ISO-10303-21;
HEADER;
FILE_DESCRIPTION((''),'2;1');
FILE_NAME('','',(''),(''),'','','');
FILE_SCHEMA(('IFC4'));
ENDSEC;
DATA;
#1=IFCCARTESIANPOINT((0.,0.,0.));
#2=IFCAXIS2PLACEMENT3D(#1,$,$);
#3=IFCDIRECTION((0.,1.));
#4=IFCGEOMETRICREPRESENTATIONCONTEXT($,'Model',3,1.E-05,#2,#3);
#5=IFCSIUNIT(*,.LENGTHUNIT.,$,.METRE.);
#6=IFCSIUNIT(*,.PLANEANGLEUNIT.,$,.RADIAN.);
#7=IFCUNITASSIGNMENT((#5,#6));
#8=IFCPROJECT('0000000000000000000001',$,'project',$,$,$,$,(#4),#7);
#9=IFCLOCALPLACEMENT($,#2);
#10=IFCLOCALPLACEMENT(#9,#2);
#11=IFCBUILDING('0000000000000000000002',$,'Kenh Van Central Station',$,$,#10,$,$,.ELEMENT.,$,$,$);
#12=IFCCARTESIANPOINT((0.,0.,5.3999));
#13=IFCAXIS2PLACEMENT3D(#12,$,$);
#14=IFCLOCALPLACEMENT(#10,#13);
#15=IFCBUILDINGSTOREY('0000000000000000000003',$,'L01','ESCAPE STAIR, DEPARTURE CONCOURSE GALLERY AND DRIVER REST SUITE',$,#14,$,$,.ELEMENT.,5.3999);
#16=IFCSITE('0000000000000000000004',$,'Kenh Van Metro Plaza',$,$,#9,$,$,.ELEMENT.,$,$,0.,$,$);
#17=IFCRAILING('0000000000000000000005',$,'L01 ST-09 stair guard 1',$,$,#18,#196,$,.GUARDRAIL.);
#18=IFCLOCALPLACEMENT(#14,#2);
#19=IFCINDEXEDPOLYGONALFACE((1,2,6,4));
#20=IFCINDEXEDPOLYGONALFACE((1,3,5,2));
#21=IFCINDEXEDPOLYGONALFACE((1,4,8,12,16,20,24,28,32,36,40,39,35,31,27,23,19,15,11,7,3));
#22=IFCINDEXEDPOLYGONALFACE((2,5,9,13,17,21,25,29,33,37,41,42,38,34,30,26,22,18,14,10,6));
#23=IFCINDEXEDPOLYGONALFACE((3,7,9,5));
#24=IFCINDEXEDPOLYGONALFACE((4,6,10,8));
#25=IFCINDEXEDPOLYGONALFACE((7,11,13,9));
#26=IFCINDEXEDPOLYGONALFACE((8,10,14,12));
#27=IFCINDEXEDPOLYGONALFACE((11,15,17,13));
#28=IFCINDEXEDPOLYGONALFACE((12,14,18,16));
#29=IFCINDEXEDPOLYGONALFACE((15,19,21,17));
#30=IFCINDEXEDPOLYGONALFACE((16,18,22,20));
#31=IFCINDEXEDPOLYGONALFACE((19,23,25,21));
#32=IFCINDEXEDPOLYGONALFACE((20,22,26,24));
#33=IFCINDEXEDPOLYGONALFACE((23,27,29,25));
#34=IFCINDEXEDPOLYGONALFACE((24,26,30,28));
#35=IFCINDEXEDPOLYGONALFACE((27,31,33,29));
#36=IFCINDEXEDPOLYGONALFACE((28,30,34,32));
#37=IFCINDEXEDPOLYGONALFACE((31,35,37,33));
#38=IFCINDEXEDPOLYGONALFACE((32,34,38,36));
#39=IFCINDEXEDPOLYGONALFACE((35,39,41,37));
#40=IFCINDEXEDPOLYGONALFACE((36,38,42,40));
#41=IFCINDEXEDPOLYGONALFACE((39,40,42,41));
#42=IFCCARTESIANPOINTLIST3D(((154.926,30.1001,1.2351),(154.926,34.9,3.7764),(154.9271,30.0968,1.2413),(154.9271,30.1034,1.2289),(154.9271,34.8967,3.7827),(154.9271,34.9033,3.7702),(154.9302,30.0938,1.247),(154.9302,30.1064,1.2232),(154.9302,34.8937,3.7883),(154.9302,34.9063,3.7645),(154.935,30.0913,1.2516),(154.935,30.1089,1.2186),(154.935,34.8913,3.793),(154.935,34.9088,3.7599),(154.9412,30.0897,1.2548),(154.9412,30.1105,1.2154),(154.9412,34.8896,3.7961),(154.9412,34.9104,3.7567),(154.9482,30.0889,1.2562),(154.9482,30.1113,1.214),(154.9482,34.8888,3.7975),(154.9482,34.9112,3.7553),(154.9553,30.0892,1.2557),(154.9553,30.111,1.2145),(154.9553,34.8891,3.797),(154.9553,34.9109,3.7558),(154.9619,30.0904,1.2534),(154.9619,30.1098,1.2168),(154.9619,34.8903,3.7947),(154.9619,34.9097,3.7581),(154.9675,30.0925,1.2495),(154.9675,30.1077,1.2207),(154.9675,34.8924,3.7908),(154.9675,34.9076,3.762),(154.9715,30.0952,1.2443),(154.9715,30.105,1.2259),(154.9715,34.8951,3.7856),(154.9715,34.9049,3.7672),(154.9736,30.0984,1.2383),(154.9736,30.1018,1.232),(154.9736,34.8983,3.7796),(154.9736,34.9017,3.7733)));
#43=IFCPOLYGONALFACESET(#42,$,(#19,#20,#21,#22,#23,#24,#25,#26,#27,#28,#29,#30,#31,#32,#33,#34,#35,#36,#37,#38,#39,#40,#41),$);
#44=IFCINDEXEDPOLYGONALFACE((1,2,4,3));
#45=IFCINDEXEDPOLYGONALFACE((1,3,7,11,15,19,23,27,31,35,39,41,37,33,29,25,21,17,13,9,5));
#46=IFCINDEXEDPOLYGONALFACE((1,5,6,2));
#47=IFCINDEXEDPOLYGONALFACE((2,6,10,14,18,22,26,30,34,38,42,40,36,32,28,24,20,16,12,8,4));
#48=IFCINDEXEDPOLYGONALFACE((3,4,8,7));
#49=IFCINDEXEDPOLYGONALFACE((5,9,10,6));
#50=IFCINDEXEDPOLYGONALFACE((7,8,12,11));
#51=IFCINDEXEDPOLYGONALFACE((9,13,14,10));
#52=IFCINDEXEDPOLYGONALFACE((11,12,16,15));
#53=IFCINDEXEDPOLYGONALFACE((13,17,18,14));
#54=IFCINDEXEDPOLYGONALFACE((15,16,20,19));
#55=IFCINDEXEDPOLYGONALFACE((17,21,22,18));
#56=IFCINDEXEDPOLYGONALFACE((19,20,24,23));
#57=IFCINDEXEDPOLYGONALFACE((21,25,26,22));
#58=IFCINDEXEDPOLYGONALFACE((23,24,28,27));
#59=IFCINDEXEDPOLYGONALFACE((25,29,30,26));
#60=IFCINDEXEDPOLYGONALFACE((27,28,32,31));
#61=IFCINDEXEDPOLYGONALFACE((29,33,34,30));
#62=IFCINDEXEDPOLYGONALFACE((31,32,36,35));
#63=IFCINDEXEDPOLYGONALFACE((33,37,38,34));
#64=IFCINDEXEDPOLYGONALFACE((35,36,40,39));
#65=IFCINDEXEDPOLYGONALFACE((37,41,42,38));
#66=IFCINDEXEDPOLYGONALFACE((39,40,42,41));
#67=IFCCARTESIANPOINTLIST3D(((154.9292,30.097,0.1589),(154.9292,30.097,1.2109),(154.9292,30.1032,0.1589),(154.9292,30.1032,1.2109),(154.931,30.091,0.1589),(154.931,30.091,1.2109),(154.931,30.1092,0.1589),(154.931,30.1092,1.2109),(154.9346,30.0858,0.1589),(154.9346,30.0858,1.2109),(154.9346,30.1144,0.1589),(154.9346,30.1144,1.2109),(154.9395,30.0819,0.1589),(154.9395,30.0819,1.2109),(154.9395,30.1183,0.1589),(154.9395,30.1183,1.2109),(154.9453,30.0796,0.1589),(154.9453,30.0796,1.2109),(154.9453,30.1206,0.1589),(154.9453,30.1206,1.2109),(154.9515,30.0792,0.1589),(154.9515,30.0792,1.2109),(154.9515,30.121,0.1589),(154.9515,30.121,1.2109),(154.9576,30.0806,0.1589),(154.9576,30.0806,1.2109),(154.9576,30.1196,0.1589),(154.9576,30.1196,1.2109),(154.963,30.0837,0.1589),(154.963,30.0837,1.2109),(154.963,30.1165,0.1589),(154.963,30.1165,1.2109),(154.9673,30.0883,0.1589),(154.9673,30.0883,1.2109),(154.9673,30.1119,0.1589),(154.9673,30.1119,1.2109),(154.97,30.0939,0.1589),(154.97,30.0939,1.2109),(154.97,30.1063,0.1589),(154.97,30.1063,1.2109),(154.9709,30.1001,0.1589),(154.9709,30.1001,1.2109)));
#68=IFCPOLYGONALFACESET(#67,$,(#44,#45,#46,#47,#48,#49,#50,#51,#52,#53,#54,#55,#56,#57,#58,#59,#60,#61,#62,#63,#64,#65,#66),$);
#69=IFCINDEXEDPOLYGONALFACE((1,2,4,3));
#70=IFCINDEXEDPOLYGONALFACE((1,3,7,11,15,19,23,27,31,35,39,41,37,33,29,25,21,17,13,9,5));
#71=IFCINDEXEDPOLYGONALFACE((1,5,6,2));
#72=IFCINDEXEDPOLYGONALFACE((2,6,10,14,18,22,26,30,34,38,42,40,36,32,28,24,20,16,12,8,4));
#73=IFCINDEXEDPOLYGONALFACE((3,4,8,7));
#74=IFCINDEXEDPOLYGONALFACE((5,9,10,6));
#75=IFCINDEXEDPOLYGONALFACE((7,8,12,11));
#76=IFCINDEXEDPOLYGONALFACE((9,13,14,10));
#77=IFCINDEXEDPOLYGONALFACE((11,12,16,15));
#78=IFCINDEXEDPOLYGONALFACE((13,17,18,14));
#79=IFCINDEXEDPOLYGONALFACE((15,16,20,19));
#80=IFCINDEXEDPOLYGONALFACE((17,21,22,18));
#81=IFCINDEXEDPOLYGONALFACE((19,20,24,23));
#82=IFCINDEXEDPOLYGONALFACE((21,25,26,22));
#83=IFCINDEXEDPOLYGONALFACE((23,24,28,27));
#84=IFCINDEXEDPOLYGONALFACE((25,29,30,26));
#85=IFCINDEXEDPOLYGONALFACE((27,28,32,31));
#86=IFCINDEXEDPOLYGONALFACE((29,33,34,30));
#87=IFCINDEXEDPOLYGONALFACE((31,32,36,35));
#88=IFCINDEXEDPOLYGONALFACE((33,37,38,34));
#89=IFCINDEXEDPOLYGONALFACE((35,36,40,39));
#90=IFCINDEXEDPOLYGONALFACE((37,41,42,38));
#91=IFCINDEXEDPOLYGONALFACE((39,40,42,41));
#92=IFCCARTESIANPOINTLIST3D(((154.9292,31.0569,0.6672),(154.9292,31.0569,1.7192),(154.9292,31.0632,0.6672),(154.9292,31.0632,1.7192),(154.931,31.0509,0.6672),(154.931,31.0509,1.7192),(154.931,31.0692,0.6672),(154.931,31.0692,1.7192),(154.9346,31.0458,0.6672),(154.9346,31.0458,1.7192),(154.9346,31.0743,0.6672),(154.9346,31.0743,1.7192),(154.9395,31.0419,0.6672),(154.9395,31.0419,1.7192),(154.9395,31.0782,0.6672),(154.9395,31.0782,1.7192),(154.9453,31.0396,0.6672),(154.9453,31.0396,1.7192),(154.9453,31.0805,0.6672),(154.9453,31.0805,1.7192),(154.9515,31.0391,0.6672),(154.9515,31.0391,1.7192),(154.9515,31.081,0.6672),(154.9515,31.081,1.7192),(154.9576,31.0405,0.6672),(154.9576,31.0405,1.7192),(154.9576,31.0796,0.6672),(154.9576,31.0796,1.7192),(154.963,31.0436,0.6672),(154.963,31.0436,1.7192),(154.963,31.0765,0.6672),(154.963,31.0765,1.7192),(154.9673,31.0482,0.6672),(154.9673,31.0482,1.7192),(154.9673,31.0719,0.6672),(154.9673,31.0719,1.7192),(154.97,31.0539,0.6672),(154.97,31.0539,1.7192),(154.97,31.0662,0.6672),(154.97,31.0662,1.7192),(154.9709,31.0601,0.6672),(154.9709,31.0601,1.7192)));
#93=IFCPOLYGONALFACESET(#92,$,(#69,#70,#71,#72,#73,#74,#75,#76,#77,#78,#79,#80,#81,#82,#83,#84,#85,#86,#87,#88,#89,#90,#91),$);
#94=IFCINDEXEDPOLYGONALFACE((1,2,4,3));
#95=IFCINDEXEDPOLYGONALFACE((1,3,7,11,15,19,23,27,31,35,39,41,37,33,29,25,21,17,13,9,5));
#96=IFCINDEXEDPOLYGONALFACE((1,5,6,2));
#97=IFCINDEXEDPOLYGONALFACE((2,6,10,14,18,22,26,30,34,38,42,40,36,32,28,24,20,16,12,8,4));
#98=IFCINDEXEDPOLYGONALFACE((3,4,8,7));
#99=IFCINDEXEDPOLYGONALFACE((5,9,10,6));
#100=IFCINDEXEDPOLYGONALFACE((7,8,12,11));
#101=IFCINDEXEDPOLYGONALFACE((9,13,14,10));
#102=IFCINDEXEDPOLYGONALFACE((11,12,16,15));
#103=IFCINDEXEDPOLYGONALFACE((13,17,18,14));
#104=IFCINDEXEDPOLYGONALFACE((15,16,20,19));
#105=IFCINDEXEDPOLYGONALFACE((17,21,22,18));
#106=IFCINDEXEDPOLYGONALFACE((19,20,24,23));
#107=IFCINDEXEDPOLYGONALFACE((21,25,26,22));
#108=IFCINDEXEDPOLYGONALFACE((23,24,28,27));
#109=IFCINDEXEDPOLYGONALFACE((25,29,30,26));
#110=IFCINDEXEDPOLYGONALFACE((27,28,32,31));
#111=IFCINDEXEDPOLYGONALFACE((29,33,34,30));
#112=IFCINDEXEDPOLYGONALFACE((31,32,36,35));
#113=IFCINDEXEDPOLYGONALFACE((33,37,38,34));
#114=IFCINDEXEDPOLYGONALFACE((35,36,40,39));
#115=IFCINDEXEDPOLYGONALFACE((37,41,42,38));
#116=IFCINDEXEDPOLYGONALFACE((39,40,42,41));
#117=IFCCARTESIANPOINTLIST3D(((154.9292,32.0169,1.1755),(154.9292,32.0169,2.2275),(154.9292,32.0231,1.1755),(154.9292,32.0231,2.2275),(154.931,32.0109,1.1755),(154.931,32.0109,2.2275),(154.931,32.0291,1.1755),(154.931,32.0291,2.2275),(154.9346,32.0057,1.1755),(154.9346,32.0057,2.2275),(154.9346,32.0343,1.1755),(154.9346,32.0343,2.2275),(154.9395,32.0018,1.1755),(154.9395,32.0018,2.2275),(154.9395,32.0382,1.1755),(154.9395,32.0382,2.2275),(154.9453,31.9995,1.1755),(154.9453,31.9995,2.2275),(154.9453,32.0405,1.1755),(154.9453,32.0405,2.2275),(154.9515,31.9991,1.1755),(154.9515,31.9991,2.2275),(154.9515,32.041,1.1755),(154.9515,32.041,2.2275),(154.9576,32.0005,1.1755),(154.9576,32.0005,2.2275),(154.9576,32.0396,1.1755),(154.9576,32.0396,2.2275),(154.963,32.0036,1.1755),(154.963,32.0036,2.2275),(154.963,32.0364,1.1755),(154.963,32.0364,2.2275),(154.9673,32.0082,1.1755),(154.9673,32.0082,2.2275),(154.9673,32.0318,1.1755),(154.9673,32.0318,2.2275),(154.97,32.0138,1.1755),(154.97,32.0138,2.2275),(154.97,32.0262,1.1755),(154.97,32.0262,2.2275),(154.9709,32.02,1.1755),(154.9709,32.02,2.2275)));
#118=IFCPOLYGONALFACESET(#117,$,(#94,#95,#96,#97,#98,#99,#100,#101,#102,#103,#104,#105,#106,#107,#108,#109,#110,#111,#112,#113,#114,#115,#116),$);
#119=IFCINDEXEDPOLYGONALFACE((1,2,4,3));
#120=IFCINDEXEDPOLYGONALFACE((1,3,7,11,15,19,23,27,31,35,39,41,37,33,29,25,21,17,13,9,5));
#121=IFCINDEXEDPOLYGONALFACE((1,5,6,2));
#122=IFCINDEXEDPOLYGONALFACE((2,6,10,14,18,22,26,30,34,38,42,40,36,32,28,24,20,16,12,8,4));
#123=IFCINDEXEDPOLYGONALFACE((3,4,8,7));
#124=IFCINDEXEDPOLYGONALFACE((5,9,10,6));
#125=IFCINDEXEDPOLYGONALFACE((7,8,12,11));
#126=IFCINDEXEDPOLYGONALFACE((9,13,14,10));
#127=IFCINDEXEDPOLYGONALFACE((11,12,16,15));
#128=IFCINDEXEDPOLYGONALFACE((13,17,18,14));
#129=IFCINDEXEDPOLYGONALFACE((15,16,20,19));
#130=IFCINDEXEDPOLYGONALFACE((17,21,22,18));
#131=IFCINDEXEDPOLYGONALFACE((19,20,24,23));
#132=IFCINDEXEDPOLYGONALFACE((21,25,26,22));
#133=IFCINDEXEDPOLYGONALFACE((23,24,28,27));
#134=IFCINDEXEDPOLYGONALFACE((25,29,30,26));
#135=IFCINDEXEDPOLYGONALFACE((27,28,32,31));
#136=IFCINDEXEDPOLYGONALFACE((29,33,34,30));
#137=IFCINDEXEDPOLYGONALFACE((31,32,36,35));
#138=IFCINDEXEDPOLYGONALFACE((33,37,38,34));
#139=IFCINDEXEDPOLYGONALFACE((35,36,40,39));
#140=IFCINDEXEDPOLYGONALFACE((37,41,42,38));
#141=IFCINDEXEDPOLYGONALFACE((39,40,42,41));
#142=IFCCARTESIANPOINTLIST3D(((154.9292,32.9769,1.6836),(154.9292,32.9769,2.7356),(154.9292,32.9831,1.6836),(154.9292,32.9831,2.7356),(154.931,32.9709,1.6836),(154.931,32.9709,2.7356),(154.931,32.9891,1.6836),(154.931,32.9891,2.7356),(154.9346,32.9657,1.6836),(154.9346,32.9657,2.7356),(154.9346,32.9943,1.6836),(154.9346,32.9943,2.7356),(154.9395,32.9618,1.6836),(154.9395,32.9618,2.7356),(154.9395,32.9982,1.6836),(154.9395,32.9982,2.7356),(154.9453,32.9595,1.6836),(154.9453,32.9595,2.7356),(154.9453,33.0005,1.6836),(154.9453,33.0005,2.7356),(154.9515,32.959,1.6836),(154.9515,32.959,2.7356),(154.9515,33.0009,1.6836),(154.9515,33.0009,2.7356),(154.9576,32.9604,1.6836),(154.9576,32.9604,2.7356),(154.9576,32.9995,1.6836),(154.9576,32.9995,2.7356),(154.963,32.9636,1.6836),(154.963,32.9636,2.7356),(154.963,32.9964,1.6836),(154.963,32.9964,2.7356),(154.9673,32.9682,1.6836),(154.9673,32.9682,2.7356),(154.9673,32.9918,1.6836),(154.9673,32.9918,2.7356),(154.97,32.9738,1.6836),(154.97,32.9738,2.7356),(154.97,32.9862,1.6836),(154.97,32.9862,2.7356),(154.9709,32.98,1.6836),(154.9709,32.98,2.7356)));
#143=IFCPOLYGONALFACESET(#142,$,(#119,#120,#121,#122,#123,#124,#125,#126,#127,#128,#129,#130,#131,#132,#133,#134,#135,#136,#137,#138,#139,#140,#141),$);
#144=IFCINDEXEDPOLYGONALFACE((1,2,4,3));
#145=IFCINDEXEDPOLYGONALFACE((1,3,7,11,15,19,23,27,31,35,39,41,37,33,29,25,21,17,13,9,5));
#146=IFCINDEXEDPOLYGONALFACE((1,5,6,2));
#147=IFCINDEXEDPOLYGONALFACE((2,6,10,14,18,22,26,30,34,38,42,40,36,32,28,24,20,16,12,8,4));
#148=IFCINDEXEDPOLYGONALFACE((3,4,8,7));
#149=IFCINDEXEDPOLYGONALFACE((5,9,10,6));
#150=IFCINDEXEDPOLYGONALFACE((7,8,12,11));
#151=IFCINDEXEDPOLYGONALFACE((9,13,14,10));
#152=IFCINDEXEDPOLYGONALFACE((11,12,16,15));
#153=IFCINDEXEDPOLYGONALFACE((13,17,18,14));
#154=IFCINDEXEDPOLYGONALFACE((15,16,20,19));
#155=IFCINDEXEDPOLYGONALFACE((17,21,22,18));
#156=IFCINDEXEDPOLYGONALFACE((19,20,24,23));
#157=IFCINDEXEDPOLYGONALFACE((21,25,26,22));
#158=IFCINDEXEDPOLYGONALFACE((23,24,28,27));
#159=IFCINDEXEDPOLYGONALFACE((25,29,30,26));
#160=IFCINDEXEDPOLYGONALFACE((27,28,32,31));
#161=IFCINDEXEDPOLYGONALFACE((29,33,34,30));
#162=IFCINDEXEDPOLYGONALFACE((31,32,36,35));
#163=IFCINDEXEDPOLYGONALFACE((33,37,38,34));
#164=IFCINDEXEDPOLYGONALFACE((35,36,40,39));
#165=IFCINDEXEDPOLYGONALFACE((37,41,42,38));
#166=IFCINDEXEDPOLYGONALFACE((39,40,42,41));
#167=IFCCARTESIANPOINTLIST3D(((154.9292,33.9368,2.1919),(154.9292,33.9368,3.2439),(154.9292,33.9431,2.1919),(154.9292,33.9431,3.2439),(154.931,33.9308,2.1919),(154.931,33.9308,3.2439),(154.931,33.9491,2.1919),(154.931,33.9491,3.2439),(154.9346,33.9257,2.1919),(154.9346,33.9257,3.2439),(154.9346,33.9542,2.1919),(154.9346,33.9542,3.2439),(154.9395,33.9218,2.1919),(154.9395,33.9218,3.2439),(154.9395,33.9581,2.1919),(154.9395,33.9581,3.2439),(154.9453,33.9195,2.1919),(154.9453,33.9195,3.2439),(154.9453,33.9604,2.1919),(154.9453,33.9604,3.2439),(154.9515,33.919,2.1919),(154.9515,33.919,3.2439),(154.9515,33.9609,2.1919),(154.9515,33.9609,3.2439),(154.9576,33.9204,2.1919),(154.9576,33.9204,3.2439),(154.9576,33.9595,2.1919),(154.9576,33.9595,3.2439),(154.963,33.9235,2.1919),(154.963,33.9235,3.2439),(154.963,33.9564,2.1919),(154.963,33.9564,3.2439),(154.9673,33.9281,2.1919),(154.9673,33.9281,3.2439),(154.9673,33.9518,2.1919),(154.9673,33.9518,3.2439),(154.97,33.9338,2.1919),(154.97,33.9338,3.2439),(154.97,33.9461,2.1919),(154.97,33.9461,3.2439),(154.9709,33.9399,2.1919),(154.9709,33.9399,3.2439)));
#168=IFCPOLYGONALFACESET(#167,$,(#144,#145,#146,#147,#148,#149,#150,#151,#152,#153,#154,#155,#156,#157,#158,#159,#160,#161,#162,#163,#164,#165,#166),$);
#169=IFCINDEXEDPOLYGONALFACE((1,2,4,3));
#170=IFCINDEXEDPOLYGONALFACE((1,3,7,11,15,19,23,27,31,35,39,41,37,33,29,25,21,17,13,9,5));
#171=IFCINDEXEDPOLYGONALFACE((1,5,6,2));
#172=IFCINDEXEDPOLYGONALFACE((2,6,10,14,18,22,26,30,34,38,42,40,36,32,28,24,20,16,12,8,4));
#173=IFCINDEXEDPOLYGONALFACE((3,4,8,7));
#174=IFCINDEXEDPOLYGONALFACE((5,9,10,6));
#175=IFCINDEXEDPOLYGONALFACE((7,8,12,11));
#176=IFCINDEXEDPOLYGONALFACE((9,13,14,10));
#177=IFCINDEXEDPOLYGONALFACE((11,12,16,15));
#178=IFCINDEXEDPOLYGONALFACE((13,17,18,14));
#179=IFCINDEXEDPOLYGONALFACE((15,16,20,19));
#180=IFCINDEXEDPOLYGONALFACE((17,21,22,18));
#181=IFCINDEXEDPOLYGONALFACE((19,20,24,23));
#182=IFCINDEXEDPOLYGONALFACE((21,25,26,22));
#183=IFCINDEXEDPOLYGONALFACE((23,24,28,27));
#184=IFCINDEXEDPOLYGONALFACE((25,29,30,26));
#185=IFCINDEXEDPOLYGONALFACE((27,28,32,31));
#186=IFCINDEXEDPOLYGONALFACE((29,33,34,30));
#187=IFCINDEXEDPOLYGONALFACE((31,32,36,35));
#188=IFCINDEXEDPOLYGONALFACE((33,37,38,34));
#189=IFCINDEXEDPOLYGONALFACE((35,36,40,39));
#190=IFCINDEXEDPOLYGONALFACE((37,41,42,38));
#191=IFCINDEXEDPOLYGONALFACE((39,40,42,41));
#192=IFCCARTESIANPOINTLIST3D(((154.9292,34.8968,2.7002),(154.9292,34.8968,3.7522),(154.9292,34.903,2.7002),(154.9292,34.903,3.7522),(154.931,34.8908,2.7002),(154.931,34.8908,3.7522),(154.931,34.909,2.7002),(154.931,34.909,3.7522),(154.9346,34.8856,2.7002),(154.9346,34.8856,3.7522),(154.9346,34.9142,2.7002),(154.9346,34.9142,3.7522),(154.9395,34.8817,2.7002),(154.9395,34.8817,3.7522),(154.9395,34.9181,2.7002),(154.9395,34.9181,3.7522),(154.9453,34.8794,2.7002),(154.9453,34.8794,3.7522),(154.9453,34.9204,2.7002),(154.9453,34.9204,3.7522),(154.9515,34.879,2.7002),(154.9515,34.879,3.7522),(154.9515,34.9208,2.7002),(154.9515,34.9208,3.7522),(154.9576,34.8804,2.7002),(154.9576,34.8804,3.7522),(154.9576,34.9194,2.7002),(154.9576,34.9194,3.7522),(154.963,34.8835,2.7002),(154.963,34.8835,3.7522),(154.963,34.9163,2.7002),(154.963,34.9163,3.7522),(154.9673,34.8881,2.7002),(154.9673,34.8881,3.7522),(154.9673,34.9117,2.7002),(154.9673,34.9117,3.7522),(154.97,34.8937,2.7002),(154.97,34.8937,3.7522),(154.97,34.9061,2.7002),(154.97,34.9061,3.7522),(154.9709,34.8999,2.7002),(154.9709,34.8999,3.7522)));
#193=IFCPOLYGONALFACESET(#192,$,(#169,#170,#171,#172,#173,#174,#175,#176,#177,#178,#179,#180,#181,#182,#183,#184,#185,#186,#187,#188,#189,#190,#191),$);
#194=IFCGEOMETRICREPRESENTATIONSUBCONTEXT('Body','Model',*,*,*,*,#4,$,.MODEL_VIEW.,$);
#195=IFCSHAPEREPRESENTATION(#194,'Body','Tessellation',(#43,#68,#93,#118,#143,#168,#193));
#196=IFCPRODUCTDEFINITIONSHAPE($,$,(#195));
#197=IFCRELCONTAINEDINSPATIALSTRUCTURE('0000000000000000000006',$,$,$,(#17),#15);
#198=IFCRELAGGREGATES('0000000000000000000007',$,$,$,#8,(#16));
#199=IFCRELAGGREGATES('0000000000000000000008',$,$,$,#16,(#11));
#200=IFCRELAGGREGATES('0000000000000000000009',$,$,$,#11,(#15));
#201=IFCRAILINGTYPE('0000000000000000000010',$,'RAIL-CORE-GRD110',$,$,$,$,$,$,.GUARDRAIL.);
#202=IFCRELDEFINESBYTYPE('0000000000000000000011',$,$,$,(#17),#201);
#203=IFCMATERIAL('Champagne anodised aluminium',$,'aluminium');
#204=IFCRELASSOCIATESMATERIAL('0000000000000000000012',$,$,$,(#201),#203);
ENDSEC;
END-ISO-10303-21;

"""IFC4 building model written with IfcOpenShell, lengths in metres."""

from ifc_helpers import new_model, si_unit, direction, frame, origin, origin_2d, place, context, subcontext, project, spatial, circle, extrude, material, type_object, element, save


model = new_model("IFC4")

# Units and contexts
model_context = context("Model", 3, precision=1e-05, world=origin(), true_north=direction((0.0, 1.0)))
body_context = subcontext(model_context, "Body", "Model", "MODEL_VIEW")
ifc_project = project(units=[si_unit("LENGTHUNIT", "METRE"), si_unit("PLANEANGLEUNIT", "RADIAN")], contexts=[model_context])

# Site, building, storey
site_placement = place(None, origin())
site = spatial("IfcSite", under=ifc_project, at=site_placement, Name="Kenh Van Metro Plaza", CompositionType="ELEMENT", RefElevation=0.0)
building_placement = place(site_placement, origin())
building = spatial("IfcBuilding", under=site, at=building_placement, Name="Kenh Van Central Station", CompositionType="ELEMENT")
storey_placement = place(building_placement, frame((0.0, 0.0, 5.3999)))
storey = spatial("IfcBuildingStorey", under=building, at=storey_placement, Name="L01", Description="ESCAPE STAIR, DEPARTURE CONCOURSE GALLERY AND DRIVER REST SUITE", CompositionType="ELEMENT", Elevation=5.3999)

# Shared definitions
ifc_material_1 = material(Name="Champagne anodised aluminium", Category="aluminium")

# Railing
railing_type_1 = type_object("IfcRailingType", Name="RAIL-CORE-GRD110", PredefinedType="GUARDRAIL", material=ifc_material_1)
railing_1_placement = place(storey_placement, frame((154.95, 30.1001, 0.1589)))
element("IfcRailing", 1, at=railing_1_placement, inside=storey, type_object=railing_type_1, Name="L01 ST-09 stair guard 1", PredefinedType="GUARDRAIL", context=body_context, shape_type="SweptSolid", body=[
    extrude(circle(Radius=0.0239, at=origin_2d()), frame((0.0, 0.0, 1.0762), z_axis=(0.0, 0.883774, 0.467915), x_axis=(-1.0, 0.0, 0.0)), (0.0, 0.0, 1.0), 5.4312),
    extrude(circle(Radius=0.021, at=origin_2d()), origin(), (0.0, 0.0, 1.0), 1.052),
    extrude(circle(Radius=0.021, at=origin_2d()), frame((0.0, 0.96, 0.5083)), (0.0, 0.0, 1.0), 1.052),
    extrude(circle(Radius=0.021, at=origin_2d()), frame((0.0, 1.9199, 1.0166)), (0.0, 0.0, 1.0), 1.052),
    extrude(circle(Radius=0.021, at=origin_2d()), frame((0.0, 2.8799, 1.5247)), (0.0, 0.0, 1.0), 1.052),
    extrude(circle(Radius=0.021, at=origin_2d()), frame((0.0, 3.8398, 2.033)), (0.0, 0.0, 1.0), 1.052),
    extrude(circle(Radius=0.021, at=origin_2d()), frame((0.0, 4.7998, 2.5413)), (0.0, 0.0, 1.0), 1.052),
])

save(model, "model.ifc")
